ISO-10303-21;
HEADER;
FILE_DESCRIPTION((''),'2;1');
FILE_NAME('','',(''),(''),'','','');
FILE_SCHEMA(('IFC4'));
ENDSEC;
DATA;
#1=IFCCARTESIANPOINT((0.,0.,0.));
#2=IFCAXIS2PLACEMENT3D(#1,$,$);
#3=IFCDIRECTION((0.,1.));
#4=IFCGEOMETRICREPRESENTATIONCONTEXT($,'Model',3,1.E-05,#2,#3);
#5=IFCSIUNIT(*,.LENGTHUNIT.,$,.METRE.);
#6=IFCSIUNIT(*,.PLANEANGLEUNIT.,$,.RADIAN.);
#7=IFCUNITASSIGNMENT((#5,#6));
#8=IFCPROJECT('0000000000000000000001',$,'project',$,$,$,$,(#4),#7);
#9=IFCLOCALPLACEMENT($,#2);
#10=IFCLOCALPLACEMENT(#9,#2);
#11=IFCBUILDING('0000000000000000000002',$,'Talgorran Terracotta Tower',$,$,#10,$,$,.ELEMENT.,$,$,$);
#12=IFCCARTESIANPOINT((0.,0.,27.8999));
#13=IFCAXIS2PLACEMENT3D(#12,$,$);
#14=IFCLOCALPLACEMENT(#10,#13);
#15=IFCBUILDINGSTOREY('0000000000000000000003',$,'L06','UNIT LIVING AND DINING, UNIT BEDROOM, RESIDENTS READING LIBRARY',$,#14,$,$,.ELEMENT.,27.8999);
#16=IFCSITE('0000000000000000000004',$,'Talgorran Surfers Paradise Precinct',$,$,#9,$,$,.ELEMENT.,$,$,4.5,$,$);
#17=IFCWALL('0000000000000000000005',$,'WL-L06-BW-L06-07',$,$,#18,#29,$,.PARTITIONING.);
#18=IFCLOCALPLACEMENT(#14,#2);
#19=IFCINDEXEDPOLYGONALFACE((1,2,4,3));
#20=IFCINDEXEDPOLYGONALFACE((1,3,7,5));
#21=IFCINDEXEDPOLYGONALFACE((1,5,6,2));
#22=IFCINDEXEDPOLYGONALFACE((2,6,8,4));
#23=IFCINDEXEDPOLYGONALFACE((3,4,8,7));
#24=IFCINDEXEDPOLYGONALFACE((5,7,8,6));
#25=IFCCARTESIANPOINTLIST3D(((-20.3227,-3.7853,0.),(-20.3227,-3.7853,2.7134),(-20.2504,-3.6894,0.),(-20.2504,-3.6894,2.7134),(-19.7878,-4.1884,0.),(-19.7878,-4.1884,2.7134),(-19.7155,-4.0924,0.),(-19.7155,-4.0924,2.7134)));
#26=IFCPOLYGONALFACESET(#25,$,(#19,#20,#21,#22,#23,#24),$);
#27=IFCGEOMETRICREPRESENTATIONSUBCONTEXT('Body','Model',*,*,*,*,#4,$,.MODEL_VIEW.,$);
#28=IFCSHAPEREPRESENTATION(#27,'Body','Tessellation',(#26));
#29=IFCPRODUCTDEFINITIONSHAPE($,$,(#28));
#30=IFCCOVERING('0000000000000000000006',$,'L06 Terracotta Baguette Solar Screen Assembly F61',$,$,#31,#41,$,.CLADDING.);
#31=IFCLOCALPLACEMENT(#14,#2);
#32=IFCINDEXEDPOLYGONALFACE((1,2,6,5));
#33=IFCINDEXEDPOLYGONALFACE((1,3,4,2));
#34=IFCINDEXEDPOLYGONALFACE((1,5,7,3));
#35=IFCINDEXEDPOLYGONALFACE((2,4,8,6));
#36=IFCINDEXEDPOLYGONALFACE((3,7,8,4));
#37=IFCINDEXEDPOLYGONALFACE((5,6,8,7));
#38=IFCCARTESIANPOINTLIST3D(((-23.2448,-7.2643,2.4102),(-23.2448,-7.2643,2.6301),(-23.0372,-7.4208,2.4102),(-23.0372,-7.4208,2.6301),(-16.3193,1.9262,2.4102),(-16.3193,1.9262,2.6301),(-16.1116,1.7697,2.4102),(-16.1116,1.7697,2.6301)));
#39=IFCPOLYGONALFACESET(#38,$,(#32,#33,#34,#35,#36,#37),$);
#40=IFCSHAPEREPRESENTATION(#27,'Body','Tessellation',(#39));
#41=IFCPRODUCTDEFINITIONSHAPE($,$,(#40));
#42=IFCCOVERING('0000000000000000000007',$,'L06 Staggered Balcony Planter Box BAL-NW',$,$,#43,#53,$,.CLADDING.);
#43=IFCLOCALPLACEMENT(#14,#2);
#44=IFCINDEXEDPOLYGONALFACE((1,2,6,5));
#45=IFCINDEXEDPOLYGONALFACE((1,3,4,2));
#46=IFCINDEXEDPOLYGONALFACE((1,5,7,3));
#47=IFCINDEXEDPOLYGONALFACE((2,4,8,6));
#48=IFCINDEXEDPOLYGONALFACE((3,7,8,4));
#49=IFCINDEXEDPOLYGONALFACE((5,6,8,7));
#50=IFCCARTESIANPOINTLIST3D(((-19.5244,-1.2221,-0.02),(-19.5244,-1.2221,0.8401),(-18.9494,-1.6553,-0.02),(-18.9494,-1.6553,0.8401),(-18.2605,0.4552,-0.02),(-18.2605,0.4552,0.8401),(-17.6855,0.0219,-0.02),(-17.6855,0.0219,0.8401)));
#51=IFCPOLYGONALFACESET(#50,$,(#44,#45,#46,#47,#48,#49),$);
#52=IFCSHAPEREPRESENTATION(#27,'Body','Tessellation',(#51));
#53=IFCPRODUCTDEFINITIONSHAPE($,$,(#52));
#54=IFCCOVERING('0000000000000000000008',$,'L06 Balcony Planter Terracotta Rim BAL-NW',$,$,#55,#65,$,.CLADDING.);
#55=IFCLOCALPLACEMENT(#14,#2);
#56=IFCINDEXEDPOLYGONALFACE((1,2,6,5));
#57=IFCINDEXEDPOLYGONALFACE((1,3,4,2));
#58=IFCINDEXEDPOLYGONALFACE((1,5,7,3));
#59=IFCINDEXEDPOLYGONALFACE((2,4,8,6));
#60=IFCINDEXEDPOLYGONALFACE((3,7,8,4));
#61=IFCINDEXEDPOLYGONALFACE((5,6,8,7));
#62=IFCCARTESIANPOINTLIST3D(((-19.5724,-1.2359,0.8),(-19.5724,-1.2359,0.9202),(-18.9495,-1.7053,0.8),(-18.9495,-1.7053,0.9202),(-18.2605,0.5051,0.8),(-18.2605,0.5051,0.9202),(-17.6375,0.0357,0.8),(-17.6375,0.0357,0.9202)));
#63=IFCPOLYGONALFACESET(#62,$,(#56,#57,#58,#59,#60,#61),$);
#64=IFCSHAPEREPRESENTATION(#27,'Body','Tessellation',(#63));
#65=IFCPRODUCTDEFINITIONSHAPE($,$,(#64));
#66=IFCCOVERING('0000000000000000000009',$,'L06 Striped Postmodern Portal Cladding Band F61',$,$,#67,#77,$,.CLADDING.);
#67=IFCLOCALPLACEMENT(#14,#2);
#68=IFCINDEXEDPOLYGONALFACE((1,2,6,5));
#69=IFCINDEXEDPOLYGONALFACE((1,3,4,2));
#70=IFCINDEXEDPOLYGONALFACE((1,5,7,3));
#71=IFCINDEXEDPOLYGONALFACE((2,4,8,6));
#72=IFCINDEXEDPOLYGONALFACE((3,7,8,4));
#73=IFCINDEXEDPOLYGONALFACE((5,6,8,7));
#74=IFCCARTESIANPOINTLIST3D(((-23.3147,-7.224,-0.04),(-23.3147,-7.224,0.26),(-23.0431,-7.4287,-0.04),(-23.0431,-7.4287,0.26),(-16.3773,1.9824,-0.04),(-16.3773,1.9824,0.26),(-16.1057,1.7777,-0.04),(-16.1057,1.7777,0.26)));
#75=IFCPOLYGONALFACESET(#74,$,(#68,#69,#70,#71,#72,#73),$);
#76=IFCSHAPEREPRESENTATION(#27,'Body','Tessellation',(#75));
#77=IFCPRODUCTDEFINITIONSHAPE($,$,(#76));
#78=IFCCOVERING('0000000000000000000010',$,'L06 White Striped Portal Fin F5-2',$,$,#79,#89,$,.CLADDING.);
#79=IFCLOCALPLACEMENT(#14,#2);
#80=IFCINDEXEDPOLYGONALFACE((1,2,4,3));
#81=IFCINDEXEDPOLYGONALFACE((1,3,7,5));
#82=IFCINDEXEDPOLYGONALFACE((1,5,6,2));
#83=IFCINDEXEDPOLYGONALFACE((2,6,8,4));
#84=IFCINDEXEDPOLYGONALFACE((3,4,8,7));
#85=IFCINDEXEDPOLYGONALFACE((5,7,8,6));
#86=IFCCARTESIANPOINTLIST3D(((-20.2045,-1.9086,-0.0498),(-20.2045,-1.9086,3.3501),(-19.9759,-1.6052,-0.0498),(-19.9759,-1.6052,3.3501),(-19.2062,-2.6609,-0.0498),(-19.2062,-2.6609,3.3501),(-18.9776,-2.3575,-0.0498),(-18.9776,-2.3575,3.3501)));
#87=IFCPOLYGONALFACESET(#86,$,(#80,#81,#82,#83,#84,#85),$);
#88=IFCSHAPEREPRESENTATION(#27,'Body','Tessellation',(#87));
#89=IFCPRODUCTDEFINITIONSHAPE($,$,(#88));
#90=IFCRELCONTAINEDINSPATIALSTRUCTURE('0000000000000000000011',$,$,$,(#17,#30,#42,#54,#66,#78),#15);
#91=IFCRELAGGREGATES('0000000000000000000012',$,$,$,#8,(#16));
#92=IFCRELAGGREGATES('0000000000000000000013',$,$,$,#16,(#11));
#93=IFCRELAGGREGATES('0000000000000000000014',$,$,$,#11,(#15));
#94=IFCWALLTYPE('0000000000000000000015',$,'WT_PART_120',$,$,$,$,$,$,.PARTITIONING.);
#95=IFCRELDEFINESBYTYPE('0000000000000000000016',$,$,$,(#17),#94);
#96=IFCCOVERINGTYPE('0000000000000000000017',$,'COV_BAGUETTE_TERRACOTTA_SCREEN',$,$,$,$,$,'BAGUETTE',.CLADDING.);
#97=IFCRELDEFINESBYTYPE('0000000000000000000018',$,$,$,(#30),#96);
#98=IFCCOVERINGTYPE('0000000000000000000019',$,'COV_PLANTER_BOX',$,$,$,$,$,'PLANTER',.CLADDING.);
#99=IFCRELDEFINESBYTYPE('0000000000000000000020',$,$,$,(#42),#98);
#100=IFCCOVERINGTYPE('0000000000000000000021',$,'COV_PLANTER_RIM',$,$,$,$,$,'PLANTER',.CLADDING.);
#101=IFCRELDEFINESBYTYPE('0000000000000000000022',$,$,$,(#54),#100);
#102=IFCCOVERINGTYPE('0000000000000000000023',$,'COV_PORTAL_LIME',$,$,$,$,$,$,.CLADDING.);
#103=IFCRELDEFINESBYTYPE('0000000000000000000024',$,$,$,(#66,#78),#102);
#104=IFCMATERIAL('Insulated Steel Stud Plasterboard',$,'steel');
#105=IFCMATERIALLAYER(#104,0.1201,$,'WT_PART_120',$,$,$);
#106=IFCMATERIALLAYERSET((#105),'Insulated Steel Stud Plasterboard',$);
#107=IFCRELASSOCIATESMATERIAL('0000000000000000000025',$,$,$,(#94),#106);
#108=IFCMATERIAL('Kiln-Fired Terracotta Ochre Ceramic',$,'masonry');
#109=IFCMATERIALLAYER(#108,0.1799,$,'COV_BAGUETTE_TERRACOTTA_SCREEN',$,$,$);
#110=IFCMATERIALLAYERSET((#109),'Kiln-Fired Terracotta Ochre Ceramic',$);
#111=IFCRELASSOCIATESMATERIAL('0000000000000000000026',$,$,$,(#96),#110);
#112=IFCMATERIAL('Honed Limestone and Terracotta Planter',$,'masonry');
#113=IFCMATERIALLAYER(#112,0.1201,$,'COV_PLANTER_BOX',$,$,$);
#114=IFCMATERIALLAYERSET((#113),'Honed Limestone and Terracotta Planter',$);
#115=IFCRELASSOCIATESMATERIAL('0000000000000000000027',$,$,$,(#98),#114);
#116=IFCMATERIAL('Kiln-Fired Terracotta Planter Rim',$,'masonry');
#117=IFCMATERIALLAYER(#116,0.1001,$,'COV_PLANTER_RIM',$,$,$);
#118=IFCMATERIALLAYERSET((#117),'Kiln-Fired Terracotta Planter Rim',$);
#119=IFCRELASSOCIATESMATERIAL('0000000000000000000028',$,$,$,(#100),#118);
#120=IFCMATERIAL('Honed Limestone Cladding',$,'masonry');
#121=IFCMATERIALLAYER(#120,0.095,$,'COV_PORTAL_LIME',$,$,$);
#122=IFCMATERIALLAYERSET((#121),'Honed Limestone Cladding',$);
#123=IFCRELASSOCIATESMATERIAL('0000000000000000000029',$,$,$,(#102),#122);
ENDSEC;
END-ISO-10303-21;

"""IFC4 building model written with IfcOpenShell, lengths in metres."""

from ifc_helpers import new_model, si_unit, direction, frame, frame_2d, origin, origin_2d, place, context, subcontext, project, spatial, rectangle, extrude, material, layer, layer_set, type_object, element, save


model = new_model("IFC4")

# Units and contexts
model_context = context("Model", 3, precision=1e-05, world=origin(), true_north=direction((0.0, 1.0)))
body_context = subcontext(model_context, "Body", "Model", "MODEL_VIEW")
ifc_project = project(units=[si_unit("LENGTHUNIT", "METRE"), si_unit("PLANEANGLEUNIT", "RADIAN")], contexts=[model_context])

# Site, building, storey
site_placement = place(None, origin())
site = spatial("IfcSite", under=ifc_project, at=site_placement, Name="Talgorran Surfers Paradise Precinct", CompositionType="ELEMENT", RefElevation=4.5)
building_placement = place(site_placement, origin())
building = spatial("IfcBuilding", under=site, at=building_placement, Name="Talgorran Terracotta Tower", CompositionType="ELEMENT")
storey_placement = place(building_placement, frame((0.0, 0.0, 27.8999)))
storey = spatial("IfcBuildingStorey", under=building, at=storey_placement, Name="L06", Description="UNIT LIVING AND DINING, UNIT BEDROOM, RESIDENTS READING LIBRARY", CompositionType="ELEMENT", Elevation=27.8999)

# Wall
ifc_material_1 = material(Name="Insulated Steel Stud Plasterboard", Category="steel")
ifc_layer_1 = layer(ifc_material_1, 0.1201, Name="WT_PART_120")
ifc_layer_set_1 = layer_set([ifc_layer_1], Name="Insulated Steel Stud Plasterboard")
wall_type_1 = type_object("IfcWallType", Name="WT_PART_120", PredefinedType="PARTITIONING", material=ifc_layer_set_1)
wall_1_placement = place(storey_placement, frame((-20.2866, -3.7373, 0.0), z_axis=(0.0, 0.0, 1.0), x_axis=(0.798642, -0.601806, 0.0)))
element("IfcWall", 1, at=wall_1_placement, inside=storey, type_object=wall_type_1, Name="WL-L06-BW-L06-07", PredefinedType="PARTITIONING", context=body_context, shape_type="SweptSolid", body=[
    extrude(rectangle(XDim=0.6697, YDim=0.1201, at=frame_2d((0.335, 0.0))), origin(), (0.0, 0.0, 1.0), 2.7134),
])

# Coverings
ifc_material_2 = material(Name="Kiln-Fired Terracotta Ochre Ceramic", Category="masonry")
ifc_layer_2 = layer(ifc_material_2, 0.1799, Name="COV_BAGUETTE_TERRACOTTA_SCREEN")
ifc_layer_set_2 = layer_set([ifc_layer_2], Name="Kiln-Fired Terracotta Ochre Ceramic")
covering_type_1 = type_object("IfcCoveringType", Name="COV_BAGUETTE_TERRACOTTA_SCREEN", ElementType="BAGUETTE", PredefinedType="CLADDING", material=ifc_layer_set_2)
covering_1_placement = place(storey_placement, frame((-19.6782, -2.7473, 2.4102), z_axis=(0.0, 0.0, 1.0), x_axis=(-0.601815, -0.798636, 0.0)))
element("IfcCovering", 2, at=covering_1_placement, inside=storey, type_object=covering_type_1, Name="L06 Terracotta Baguette Solar Screen Assembly F61", PredefinedType="CLADDING", context=body_context, shape_type="SweptSolid", body=[
    extrude(rectangle(XDim=11.5078, YDim=0.26, at=origin_2d()), origin(), (0.0, 0.0, 1.0), 0.22),
])
ifc_material_3 = material(Name="Honed Limestone and Terracotta Planter", Category="masonry")
ifc_layer_3 = layer(ifc_material_3, 0.1201, Name="COV_PLANTER_BOX")
ifc_layer_set_3 = layer_set([ifc_layer_3], Name="Honed Limestone and Terracotta Planter")
covering_type_2 = type_object("IfcCoveringType", Name="COV_PLANTER_BOX", ElementType="PLANTER", PredefinedType="CLADDING", material=ifc_layer_set_3)
covering_2_placement = place(storey_placement, frame((-18.605, -0.6001, -0.02), z_axis=(0.0, 0.0, 1.0), x_axis=(-0.601815, -0.798636, 0.0)))
element("IfcCovering", 3, at=covering_2_placement, inside=storey, type_object=covering_type_2, Name="L06 Staggered Balcony Planter Box BAL-NW", PredefinedType="CLADDING", context=body_context, shape_type="SweptSolid", body=[
    extrude(rectangle(XDim=2.1001, YDim=0.72, at=origin_2d()), origin(), (0.0, 0.0, 1.0), 0.8601),
])
ifc_material_4 = material(Name="Kiln-Fired Terracotta Planter Rim", Category="masonry")
ifc_layer_4 = layer(ifc_material_4, 0.1001, Name="COV_PLANTER_RIM")
ifc_layer_set_4 = layer_set([ifc_layer_4], Name="Kiln-Fired Terracotta Planter Rim")
covering_type_3 = type_object("IfcCoveringType", Name="COV_PLANTER_RIM", ElementType="PLANTER", PredefinedType="CLADDING", material=ifc_layer_set_4)
covering_3_placement = place(storey_placement, frame((-18.605, -0.6001, 0.8), z_axis=(0.0, 0.0, 1.0), x_axis=(-0.601815, -0.798636, 0.0)))
element("IfcCovering", 4, at=covering_3_placement, inside=storey, type_object=covering_type_3, Name="L06 Balcony Planter Terracotta Rim BAL-NW", PredefinedType="CLADDING", context=body_context, shape_type="SweptSolid", body=[
    extrude(rectangle(XDim=2.1799, YDim=0.78, at=origin_2d()), origin(), (0.0, 0.0, 1.0), 0.1201),
])
ifc_material_5 = material(Name="Honed Limestone Cladding", Category="masonry")
ifc_layer_5 = layer(ifc_material_5, 0.095, Name="COV_PORTAL_LIME")
ifc_layer_set_5 = layer_set([ifc_layer_5], Name="Honed Limestone Cladding")
covering_type_4 = type_object("IfcCoveringType", Name="COV_PORTAL_LIME", PredefinedType="CLADDING", material=ifc_layer_set_5)
covering_4_placement = place(storey_placement, frame((-19.7102, -2.7231, -0.04), z_axis=(0.0, 0.0, 1.0), x_axis=(-0.601815, -0.798636, 0.0)))
element("IfcCovering", 5, at=covering_4_placement, inside=storey, type_object=covering_type_4, Name="L06 Striped Postmodern Portal Cladding Band F61", PredefinedType="CLADDING", context=body_context, shape_type="SweptSolid", body=[
    extrude(rectangle(XDim=11.5276, YDim=0.3401, at=origin_2d()), origin(), (0.0, 0.0, 1.0), 0.3),
])
covering_5_placement = place(storey_placement, frame((-19.5911, -2.1331, -0.0498), z_axis=(0.0, 0.0, 1.0), x_axis=(-0.601815, -0.798636, 0.0)))
element("IfcCovering", 6, at=covering_5_placement, inside=storey, type_object=covering_type_4, Name="L06 White Striped Portal Fin F5-2", PredefinedType="CLADDING", context=body_context, shape_type="SweptSolid", body=[
    extrude(rectangle(XDim=0.3799, YDim=1.25, at=origin_2d()), origin(), (0.0, 0.0, 1.0), 3.3999),
])

save(model, "model.ifc")
